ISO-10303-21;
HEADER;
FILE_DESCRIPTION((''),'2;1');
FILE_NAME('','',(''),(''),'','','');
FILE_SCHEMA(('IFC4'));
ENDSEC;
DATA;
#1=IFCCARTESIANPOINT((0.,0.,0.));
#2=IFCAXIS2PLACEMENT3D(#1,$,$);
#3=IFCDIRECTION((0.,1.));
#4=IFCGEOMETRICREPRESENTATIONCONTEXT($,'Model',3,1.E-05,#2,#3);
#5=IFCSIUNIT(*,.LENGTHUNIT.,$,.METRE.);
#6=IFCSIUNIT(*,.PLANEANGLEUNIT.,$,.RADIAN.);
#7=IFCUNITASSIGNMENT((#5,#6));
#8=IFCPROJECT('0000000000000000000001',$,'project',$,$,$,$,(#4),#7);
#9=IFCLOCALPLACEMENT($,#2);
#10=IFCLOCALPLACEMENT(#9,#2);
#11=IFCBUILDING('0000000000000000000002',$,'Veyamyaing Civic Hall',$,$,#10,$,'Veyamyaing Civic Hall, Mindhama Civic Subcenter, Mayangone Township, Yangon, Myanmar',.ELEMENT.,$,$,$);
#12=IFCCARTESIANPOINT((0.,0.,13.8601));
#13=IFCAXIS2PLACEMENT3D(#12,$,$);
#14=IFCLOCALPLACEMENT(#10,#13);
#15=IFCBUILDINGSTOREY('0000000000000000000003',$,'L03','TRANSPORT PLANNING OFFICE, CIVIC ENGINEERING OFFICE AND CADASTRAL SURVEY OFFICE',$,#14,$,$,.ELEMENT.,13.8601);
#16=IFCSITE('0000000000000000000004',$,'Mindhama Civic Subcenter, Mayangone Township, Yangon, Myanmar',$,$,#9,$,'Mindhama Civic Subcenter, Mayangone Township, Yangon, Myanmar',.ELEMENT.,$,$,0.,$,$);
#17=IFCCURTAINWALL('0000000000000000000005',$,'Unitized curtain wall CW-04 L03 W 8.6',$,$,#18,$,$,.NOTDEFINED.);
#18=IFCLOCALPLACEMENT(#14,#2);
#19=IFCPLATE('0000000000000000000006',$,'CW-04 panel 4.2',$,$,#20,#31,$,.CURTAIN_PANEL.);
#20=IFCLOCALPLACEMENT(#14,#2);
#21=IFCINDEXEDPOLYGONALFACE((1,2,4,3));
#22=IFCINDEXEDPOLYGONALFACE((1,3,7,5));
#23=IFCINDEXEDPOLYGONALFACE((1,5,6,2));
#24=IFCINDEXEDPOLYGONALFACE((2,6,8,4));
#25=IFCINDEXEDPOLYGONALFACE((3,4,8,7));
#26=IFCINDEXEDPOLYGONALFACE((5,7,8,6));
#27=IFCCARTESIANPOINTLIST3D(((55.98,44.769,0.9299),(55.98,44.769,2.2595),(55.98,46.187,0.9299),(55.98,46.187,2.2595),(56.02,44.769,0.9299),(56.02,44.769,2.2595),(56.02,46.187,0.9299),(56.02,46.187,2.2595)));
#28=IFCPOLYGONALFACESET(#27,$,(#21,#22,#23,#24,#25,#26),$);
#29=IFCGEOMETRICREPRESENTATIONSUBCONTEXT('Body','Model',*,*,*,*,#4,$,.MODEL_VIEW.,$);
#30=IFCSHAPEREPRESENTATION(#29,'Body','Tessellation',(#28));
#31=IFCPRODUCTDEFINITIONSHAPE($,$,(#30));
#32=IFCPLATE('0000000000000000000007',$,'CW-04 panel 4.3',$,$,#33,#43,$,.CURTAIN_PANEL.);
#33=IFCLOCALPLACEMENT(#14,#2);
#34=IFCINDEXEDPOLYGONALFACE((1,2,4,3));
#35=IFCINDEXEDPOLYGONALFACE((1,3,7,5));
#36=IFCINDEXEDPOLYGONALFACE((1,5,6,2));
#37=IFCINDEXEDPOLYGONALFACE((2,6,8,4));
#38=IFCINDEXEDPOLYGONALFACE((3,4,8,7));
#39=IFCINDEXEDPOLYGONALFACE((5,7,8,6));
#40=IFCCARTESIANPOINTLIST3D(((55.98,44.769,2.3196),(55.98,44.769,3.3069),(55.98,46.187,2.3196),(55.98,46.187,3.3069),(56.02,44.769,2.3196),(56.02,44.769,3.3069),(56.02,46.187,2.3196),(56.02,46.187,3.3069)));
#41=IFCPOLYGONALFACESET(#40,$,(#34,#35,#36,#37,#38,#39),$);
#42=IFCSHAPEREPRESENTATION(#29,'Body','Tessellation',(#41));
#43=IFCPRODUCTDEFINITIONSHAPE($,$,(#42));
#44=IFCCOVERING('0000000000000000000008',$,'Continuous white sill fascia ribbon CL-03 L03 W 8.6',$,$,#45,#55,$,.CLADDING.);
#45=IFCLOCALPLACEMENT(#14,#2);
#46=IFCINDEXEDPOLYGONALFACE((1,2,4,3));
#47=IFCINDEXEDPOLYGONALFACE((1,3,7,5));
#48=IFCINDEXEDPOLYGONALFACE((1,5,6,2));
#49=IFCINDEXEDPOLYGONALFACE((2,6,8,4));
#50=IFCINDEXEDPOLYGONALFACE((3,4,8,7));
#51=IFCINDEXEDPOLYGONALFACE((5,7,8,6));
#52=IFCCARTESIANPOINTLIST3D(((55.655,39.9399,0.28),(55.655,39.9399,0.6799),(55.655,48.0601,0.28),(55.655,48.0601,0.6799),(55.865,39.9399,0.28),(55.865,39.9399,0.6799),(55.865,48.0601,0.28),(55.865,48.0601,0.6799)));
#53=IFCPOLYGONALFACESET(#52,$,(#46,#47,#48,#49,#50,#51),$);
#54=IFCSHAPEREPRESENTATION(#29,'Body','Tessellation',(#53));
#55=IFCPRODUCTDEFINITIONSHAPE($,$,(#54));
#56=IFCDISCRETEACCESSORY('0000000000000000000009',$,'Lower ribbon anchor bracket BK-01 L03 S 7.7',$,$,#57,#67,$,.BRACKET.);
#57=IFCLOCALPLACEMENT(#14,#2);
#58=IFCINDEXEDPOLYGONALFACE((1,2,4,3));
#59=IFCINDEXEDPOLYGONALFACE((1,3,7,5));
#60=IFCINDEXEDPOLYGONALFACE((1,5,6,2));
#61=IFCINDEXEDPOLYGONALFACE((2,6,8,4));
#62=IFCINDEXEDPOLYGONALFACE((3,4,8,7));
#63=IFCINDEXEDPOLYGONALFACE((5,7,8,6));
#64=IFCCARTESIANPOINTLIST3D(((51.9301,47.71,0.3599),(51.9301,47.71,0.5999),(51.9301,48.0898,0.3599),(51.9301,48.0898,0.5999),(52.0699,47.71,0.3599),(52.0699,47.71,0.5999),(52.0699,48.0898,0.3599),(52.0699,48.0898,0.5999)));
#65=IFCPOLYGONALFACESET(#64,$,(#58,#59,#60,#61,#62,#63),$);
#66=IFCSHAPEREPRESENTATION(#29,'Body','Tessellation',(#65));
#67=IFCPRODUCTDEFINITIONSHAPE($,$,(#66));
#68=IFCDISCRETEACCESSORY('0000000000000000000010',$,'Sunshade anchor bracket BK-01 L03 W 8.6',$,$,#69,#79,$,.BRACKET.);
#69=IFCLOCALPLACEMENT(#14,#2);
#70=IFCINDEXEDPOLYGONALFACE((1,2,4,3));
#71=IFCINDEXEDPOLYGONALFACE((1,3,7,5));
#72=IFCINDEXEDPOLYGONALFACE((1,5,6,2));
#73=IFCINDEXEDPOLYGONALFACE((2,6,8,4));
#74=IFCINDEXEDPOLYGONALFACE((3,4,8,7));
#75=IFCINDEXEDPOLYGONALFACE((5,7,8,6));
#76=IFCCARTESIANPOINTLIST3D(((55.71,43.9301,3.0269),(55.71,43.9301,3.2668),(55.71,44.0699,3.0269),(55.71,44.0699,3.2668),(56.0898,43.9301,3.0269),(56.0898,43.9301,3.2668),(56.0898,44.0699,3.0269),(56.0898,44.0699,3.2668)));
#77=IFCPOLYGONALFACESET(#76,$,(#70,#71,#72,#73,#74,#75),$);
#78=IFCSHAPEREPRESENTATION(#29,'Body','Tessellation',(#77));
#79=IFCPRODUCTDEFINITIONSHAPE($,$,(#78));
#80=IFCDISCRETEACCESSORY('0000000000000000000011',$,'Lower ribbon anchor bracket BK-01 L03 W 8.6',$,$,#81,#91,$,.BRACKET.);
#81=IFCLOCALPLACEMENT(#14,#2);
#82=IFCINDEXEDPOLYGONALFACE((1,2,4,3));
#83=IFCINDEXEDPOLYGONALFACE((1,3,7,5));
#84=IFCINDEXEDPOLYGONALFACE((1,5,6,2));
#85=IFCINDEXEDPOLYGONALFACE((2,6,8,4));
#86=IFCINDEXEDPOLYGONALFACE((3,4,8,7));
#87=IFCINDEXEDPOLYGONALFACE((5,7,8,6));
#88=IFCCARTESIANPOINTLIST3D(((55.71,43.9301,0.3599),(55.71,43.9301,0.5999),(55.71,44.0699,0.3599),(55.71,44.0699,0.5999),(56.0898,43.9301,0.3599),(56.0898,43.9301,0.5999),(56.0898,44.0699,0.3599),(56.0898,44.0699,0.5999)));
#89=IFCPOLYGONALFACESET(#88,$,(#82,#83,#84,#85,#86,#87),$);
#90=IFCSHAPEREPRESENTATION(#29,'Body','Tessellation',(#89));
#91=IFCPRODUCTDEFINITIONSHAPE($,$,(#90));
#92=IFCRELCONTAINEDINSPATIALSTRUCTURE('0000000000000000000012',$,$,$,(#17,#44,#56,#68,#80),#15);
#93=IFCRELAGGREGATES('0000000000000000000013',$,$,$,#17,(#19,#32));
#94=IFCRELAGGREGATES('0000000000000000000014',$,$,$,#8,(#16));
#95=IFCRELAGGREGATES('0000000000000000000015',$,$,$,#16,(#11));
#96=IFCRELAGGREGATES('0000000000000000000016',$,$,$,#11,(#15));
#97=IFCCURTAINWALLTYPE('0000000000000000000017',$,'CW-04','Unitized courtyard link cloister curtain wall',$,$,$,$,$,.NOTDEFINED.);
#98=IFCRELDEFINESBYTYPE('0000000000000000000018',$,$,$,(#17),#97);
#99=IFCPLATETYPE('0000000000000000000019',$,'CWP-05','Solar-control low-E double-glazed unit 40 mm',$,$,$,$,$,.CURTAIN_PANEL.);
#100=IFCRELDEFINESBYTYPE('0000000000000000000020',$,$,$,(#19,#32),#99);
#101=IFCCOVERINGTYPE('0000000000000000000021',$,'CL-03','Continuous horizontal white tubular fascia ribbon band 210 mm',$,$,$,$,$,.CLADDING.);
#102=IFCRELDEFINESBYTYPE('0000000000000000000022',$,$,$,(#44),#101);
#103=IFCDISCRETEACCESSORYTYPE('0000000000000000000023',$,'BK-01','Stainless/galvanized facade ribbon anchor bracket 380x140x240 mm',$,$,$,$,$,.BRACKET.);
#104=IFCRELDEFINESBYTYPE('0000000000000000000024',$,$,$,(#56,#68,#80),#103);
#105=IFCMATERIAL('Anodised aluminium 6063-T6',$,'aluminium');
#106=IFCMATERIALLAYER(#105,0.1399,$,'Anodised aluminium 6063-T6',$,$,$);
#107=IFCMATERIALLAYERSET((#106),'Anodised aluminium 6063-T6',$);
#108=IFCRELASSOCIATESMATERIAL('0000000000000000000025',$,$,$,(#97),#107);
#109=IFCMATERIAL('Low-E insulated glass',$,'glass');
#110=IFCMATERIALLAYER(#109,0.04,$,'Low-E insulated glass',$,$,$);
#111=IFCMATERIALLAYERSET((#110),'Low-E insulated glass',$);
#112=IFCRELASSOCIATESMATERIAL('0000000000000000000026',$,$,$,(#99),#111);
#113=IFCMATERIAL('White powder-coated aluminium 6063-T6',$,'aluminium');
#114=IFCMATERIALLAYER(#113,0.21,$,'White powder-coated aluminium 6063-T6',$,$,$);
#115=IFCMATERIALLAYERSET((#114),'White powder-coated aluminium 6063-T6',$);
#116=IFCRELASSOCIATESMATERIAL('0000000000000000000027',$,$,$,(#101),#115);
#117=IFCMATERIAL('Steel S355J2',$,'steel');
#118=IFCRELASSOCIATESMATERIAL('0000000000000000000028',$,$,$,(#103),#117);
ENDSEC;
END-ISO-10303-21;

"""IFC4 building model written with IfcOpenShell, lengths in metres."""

from ifc_helpers import new_model, si_unit, direction, frame, origin, origin_2d, place, context, subcontext, project, spatial, rectangle, extrude, material, layer, layer_set, type_object, element, aggregate, save


model = new_model("IFC4")

# Units and contexts
model_context = context("Model", 3, precision=1e-05, world=origin(), true_north=direction((0.0, 1.0)))
body_context = subcontext(model_context, "Body", "Model", "MODEL_VIEW")
ifc_project = project(units=[si_unit("LENGTHUNIT", "METRE"), si_unit("PLANEANGLEUNIT", "RADIAN")], contexts=[model_context])

# Site, building, storey
site_placement = place(None, origin())
site = spatial("IfcSite", under=ifc_project, at=site_placement, Name="Mindhama Civic Subcenter, Mayangone Township, Yangon, Myanmar", LongName="Mindhama Civic Subcenter, Mayangone Township, Yangon, Myanmar", CompositionType="ELEMENT", RefElevation=0.0)
building_placement = place(site_placement, origin())
building = spatial("IfcBuilding", under=site, at=building_placement, Name="Veyamyaing Civic Hall", LongName="Veyamyaing Civic Hall, Mindhama Civic Subcenter, Mayangone Township, Yangon, Myanmar", CompositionType="ELEMENT")
storey_placement = place(building_placement, frame((0.0, 0.0, 13.8601)))
storey = spatial("IfcBuildingStorey", under=building, at=storey_placement, Name="L03", Description="TRANSPORT PLANNING OFFICE, CIVIC ENGINEERING OFFICE AND CADASTRAL SURVEY OFFICE", CompositionType="ELEMENT", Elevation=13.8601)

# Curtain wall
ifc_material_1 = material(Name="Anodised aluminium 6063-T6", Category="aluminium")
ifc_layer_1 = layer(ifc_material_1, 0.1399, Name="Anodised aluminium 6063-T6")
ifc_layer_set_1 = layer_set([ifc_layer_1], Name="Anodised aluminium 6063-T6")
curtain_wall_type = type_object("IfcCurtainWallType", Name="CW-04", Description="Unitized courtyard link cloister curtain wall", PredefinedType="NOTDEFINED", material=ifc_layer_set_1)
curtain_wall_1_placement = place(storey_placement, origin())
curtain_wall_1 = element("IfcCurtainWall", 1, at=curtain_wall_1_placement, inside=storey, type_object=curtain_wall_type, Name="Unitized curtain wall CW-04 L03 W 8.6", PredefinedType="NOTDEFINED")

# Plates
ifc_material_2 = material(Name="Low-E insulated glass", Category="glass")
ifc_layer_2 = layer(ifc_material_2, 0.04, Name="Low-E insulated glass")
ifc_layer_set_2 = layer_set([ifc_layer_2], Name="Low-E insulated glass")
plate_type = type_object("IfcPlateType", Name="CWP-05", Description="Solar-control low-E double-glazed unit 40 mm", PredefinedType="CURTAIN_PANEL", material=ifc_layer_set_2)
plate_1_placement = place(storey_placement, frame((56.0, 45.478, 0.9299), z_axis=(0.0, 0.0, 1.0), x_axis=(0.0, 1.0, 0.0)))
plate_1 = element("IfcPlate", 2, at=plate_1_placement, type_object=plate_type, Name="CW-04 panel 4.2", PredefinedType="CURTAIN_PANEL", context=body_context, shape_type="SweptSolid", body=[
    extrude(rectangle(XDim=1.418, YDim=0.04, at=origin_2d()), origin(), (0.0, 0.0, 1.0), 1.3296),
])
plate_2_placement = place(storey_placement, frame((56.0, 45.478, 2.3196), z_axis=(0.0, 0.0, 1.0), x_axis=(0.0, 1.0, 0.0)))
plate_2 = element("IfcPlate", 3, at=plate_2_placement, type_object=plate_type, Name="CW-04 panel 4.3", PredefinedType="CURTAIN_PANEL", context=body_context, shape_type="SweptSolid", body=[
    extrude(rectangle(XDim=1.418, YDim=0.04, at=origin_2d()), origin(), (0.0, 0.0, 1.0), 0.9873),
])
aggregate(curtain_wall_1, [plate_1, plate_2])

# Covering
ifc_material_3 = material(Name="White powder-coated aluminium 6063-T6", Category="aluminium")
ifc_layer_3 = layer(ifc_material_3, 0.21, Name="White powder-coated aluminium 6063-T6")
ifc_layer_set_3 = layer_set([ifc_layer_3], Name="White powder-coated aluminium 6063-T6")
covering_type = type_object("IfcCoveringType", Name="CL-03", Description="Continuous horizontal white tubular fascia ribbon band 210 mm", PredefinedType="CLADDING", material=ifc_layer_set_3)
covering_placement = place(storey_placement, frame((55.76, 44.0, 0.28), z_axis=(0.0, 0.0, 1.0), x_axis=(0.0, 1.0, 0.0)))
element("IfcCovering", 4, at=covering_placement, inside=storey, type_object=covering_type, Name="Continuous white sill fascia ribbon CL-03 L03 W 8.6", PredefinedType="CLADDING", context=body_context, shape_type="SweptSolid", body=[
    extrude(rectangle(XDim=8.1201, YDim=0.21, at=origin_2d()), origin(), (0.0, 0.0, 1.0), 0.3999),
])

# Discrete accessories
ifc_material_4 = material(Name="Steel S355J2", Category="steel")
discrete_accessory_type = type_object("IfcDiscreteAccessoryType", Name="BK-01", Description="Stainless/galvanized facade ribbon anchor bracket 380x140x240 mm", PredefinedType="BRACKET", material=ifc_material_4)
for number, where, z_axis, x_axis, name in (
    (5, (52.0, 47.8999, 0.3599), (0.0, 0.0, 1.0), (0.0, -1.0, 0.0), "Lower ribbon anchor bracket BK-01 L03 S 7.7"),
    (6, (55.8999, 44.0, 3.0269), (0.0, 0.0, 1.0), (-1.0, 0.0, 0.0), "Sunshade anchor bracket BK-01 L03 W 8.6"),
    (7, (55.8999, 44.0, 0.3599), (0.0, 0.0, 1.0), (-1.0, 0.0, 0.0), "Lower ribbon anchor bracket BK-01 L03 W 8.6"),
):
    element("IfcDiscreteAccessory", number, at=place(storey_placement, frame(where, z_axis=z_axis, x_axis=x_axis)), inside=storey, type_object=discrete_accessory_type, Name=name, PredefinedType="BRACKET", context=body_context, shape_type="SweptSolid", body=[
        extrude(rectangle(XDim=0.3799, YDim=0.1399, at=origin_2d()), origin(), (0.0, 0.0, 1.0), 0.24),
    ])

save(model, "model.ifc")
